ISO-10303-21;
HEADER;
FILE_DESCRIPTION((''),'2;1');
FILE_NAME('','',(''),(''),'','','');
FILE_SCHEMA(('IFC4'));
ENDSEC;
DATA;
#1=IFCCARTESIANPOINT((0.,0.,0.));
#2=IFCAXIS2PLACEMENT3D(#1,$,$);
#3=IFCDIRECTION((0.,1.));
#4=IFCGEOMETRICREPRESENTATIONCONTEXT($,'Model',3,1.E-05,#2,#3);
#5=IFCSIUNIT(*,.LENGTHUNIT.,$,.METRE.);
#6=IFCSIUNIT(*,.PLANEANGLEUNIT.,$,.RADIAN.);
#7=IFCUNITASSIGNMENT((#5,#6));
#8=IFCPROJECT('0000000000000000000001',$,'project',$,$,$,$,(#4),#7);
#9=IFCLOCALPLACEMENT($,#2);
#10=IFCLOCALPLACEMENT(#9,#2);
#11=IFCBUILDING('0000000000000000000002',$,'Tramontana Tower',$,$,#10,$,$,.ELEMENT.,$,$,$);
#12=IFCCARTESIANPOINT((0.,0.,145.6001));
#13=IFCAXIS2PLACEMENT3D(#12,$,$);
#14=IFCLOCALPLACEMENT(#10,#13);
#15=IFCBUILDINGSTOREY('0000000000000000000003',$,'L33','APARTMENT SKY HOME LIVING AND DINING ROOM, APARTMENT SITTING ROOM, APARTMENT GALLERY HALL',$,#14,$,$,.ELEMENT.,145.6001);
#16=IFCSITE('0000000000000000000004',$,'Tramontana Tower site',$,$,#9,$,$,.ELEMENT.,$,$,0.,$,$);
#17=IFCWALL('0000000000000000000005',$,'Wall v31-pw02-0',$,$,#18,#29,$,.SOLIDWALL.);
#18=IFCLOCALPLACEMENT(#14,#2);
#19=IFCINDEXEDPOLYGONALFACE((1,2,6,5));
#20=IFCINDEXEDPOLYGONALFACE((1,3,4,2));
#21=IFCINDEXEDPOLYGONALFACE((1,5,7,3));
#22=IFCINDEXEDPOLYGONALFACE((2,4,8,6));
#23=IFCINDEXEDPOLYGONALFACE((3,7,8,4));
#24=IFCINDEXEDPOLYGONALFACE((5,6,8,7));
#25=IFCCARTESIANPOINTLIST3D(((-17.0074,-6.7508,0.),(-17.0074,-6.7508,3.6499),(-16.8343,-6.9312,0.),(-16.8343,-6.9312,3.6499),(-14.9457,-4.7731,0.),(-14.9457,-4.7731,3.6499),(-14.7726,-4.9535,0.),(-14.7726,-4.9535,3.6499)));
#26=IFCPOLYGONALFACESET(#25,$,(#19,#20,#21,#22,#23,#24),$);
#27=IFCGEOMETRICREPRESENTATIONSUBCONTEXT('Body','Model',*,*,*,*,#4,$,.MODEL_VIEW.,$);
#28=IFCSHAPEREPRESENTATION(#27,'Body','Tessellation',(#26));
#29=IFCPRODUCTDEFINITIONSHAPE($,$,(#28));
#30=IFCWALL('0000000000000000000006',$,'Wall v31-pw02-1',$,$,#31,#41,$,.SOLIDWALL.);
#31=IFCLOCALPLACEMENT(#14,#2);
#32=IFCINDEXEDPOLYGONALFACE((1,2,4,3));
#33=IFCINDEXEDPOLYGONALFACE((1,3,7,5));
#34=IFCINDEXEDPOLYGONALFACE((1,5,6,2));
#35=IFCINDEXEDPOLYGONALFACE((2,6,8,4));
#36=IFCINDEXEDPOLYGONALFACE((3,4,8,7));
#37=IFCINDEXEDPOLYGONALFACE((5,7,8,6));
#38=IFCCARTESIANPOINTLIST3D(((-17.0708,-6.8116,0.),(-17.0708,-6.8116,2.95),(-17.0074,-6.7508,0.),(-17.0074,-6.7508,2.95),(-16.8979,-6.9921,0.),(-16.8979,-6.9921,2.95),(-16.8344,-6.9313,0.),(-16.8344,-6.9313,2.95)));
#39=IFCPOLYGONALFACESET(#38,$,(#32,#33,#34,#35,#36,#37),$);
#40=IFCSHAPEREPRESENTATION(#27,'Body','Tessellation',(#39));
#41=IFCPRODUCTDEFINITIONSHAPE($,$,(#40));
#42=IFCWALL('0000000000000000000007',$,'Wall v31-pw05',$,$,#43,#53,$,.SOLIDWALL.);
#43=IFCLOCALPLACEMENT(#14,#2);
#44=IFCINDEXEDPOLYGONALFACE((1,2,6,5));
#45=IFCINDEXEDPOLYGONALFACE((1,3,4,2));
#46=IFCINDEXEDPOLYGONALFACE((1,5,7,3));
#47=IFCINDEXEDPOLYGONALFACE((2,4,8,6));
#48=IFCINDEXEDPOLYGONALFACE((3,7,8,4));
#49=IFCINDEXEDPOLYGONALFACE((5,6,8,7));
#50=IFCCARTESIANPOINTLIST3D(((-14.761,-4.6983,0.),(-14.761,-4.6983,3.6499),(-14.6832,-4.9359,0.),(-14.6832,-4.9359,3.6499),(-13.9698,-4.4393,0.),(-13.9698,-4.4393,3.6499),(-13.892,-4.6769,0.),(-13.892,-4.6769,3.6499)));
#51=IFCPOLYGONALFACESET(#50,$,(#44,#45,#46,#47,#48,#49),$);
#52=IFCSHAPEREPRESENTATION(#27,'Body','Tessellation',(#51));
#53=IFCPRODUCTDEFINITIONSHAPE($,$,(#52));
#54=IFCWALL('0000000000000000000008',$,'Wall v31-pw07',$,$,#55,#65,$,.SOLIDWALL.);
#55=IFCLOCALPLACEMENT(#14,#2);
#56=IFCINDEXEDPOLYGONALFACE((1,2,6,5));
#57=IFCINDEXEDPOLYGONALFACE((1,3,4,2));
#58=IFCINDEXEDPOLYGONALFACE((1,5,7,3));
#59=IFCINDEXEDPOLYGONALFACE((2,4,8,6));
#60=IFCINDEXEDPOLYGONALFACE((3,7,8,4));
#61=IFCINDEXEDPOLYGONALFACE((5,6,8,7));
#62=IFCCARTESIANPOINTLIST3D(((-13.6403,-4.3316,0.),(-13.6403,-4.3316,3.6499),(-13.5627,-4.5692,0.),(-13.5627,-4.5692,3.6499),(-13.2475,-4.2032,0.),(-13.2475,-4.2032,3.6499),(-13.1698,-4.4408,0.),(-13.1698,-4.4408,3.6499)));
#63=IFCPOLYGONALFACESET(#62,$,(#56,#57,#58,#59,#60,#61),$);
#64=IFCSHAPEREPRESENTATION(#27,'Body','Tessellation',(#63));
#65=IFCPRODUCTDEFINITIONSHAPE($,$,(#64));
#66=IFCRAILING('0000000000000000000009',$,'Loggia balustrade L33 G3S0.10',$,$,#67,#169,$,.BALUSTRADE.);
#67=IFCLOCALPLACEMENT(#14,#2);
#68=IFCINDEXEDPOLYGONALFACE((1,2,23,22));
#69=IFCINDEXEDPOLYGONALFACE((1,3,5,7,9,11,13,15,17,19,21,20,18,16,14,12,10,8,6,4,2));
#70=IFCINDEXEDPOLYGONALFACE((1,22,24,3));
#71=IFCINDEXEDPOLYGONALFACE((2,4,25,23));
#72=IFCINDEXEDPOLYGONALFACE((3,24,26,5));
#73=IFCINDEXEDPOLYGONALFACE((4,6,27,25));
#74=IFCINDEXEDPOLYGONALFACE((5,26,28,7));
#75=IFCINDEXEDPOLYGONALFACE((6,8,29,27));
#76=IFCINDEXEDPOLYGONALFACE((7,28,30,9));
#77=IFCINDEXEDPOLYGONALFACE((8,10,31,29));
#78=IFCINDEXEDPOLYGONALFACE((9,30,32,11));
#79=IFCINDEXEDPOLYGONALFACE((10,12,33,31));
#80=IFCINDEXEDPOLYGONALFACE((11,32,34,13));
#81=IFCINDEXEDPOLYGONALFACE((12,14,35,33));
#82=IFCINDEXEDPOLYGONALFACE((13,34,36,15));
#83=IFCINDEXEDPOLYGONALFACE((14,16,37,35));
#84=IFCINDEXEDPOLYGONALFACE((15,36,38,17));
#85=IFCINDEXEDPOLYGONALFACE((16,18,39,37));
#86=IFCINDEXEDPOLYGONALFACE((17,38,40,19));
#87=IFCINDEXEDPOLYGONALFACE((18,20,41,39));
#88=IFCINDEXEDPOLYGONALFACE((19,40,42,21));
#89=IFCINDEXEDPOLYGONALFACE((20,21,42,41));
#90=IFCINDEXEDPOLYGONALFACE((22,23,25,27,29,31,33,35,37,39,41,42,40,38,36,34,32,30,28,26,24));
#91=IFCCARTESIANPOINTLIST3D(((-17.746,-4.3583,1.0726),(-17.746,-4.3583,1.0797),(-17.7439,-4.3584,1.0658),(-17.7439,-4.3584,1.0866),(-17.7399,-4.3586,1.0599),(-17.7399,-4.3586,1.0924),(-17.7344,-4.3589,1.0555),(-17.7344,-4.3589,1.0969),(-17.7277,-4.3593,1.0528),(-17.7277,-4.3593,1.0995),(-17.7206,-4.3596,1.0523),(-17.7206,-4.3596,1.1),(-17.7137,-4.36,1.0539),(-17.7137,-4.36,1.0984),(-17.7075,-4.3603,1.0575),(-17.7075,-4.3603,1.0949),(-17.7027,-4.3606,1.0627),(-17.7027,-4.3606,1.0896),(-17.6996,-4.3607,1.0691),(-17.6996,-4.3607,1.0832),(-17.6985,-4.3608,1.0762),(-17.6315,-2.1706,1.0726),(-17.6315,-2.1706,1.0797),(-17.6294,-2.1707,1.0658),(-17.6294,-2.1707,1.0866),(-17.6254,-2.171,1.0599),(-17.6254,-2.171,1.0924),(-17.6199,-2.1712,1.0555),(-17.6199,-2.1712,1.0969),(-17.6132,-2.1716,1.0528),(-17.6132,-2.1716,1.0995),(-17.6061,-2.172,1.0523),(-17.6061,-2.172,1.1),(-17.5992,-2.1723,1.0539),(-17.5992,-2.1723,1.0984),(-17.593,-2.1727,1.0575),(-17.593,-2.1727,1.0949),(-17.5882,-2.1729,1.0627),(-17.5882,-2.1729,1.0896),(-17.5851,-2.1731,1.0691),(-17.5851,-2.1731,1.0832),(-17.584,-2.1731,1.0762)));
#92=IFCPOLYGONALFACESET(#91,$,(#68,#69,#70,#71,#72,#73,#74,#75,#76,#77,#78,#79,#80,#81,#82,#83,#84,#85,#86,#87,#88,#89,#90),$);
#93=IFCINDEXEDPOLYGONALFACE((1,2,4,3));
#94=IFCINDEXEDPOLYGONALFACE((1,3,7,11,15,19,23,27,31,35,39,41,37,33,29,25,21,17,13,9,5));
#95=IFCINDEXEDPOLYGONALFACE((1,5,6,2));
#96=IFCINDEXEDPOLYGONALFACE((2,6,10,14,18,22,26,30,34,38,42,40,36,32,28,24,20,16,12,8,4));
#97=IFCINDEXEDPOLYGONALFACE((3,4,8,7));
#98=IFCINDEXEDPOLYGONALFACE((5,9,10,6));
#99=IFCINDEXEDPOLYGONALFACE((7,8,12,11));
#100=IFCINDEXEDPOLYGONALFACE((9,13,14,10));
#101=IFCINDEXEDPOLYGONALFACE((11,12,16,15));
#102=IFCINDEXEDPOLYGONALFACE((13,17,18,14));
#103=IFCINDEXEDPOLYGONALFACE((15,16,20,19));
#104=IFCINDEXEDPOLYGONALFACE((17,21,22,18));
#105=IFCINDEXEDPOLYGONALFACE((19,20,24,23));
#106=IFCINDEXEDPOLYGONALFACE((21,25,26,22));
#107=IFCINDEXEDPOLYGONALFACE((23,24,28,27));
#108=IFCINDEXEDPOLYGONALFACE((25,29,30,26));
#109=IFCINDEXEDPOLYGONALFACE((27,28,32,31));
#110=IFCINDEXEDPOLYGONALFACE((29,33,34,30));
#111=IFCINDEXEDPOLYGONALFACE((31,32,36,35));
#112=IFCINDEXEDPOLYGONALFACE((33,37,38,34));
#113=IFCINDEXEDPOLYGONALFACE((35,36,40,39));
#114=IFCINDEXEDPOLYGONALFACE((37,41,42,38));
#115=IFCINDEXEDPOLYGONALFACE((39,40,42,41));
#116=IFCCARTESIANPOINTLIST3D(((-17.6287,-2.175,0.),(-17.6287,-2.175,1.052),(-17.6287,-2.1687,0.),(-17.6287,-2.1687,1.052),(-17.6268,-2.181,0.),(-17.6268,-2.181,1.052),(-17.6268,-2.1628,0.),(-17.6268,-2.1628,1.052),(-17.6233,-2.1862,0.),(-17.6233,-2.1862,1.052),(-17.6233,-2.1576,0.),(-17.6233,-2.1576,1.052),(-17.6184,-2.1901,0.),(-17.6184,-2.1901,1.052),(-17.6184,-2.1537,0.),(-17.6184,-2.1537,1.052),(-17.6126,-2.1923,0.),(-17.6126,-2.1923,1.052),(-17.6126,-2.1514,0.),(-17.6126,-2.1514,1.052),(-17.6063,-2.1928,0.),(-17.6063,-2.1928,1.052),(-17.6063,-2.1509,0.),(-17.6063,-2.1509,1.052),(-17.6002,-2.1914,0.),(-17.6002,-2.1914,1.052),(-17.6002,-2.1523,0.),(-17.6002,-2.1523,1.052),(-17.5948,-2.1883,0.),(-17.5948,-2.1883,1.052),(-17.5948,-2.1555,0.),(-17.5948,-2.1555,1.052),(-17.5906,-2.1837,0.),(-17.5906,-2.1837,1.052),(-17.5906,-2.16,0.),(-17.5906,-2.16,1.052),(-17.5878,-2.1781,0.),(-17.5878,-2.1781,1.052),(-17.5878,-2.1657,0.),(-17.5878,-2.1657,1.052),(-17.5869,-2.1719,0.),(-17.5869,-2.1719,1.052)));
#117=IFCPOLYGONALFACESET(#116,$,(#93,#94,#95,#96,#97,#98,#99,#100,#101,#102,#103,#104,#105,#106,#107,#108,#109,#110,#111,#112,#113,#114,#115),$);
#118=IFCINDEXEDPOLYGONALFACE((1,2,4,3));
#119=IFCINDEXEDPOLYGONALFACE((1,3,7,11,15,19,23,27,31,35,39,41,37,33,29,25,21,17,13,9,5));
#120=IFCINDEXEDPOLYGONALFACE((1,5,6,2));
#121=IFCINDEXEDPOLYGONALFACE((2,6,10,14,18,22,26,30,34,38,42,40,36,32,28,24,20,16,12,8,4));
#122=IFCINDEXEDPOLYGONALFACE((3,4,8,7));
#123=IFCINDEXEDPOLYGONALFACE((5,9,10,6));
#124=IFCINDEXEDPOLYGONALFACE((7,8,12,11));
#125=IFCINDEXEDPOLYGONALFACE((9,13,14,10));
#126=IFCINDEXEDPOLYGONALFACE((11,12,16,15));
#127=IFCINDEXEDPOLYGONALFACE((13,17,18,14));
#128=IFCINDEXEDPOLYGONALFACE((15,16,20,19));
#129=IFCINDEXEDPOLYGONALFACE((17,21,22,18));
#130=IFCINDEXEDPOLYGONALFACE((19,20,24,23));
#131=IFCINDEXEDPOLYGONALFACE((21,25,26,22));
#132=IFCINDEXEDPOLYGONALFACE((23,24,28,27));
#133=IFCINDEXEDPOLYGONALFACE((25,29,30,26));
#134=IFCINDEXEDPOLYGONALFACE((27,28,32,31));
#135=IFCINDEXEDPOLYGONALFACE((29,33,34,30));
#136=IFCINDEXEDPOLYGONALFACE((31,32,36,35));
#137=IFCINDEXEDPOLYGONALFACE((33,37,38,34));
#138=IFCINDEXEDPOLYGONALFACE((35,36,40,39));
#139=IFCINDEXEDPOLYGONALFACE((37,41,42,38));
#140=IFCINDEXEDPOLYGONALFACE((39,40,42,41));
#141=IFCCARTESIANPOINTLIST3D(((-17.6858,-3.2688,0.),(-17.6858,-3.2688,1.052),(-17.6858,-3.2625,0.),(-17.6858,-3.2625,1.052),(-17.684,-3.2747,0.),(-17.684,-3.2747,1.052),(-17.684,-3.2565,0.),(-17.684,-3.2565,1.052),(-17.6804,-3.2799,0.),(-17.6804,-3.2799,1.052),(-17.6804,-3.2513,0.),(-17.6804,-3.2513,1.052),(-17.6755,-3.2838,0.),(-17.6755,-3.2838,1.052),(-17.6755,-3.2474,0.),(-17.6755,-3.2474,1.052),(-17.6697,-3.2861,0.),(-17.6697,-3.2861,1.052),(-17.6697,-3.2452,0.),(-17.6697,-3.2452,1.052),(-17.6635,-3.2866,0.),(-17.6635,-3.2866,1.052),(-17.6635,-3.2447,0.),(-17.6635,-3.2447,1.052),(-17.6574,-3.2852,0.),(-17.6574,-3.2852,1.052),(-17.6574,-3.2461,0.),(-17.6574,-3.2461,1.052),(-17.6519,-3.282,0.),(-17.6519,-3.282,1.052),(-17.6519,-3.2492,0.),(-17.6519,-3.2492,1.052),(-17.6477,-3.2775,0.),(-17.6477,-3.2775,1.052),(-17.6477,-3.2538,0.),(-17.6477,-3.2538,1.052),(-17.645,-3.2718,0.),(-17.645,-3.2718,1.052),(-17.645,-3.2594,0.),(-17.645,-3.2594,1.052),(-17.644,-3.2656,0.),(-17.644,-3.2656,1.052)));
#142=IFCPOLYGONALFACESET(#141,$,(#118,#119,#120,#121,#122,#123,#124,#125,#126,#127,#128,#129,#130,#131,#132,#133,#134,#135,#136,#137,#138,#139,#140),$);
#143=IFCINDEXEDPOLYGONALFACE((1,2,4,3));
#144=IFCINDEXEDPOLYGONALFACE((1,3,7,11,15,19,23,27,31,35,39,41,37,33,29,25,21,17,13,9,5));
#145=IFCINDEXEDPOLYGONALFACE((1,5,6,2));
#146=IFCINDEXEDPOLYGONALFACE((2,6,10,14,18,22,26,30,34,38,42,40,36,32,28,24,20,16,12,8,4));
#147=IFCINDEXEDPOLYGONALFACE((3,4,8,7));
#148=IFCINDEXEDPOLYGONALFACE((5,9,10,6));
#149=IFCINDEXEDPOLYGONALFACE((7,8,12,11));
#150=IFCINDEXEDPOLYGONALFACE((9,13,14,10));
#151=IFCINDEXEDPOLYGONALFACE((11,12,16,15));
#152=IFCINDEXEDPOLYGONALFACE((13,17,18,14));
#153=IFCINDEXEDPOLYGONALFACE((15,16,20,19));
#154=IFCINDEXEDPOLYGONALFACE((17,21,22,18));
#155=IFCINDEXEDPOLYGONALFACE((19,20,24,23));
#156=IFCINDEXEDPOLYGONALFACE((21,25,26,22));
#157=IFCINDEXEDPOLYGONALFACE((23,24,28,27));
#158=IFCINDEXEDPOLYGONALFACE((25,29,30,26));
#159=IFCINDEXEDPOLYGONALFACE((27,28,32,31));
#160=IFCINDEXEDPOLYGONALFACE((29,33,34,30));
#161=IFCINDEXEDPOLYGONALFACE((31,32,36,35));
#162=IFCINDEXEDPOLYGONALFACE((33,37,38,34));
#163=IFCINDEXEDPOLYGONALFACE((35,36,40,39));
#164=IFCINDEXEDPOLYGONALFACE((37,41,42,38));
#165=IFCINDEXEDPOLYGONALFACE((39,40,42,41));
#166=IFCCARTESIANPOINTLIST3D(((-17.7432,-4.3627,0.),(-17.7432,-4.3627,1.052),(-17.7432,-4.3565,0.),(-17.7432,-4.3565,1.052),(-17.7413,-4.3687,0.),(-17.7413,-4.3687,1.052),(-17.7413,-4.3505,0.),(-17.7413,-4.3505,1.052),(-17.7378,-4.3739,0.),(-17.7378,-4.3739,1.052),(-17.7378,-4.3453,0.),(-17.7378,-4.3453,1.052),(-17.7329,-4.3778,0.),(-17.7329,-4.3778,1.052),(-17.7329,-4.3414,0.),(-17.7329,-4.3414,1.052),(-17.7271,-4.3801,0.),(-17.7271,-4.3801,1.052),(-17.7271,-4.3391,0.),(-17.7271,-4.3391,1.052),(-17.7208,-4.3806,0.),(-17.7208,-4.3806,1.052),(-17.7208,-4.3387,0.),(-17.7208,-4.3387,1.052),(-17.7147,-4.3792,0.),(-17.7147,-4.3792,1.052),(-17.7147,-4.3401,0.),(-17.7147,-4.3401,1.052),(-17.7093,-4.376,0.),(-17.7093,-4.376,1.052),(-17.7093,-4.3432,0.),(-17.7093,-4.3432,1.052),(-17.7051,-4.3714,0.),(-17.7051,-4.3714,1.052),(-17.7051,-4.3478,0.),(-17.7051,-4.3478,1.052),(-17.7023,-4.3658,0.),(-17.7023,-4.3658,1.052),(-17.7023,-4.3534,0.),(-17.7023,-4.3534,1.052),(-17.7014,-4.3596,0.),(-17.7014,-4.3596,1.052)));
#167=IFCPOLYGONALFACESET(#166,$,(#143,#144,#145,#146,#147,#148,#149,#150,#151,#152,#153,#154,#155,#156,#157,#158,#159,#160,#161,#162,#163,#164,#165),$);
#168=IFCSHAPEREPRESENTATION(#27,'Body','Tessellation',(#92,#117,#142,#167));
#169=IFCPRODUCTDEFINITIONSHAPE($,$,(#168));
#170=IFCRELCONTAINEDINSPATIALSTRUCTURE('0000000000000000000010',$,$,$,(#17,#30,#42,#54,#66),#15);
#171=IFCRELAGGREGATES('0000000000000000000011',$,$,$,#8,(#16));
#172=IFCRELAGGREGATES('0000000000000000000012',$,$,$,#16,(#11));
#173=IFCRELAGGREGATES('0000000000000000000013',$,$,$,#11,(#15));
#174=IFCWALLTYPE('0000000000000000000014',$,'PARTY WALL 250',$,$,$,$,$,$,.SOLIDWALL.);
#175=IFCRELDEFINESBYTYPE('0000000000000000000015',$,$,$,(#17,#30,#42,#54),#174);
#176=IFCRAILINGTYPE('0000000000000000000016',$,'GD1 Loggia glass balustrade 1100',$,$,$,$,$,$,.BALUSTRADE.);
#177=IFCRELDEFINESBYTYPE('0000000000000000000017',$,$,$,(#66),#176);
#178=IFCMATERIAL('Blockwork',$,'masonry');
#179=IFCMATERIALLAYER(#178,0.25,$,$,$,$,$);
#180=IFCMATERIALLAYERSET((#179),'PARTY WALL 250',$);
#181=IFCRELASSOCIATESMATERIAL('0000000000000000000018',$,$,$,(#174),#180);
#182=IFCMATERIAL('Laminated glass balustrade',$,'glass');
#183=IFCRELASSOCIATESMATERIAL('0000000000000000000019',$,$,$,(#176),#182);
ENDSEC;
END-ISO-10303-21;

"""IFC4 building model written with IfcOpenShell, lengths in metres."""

from ifc_helpers import new_model, si_unit, direction, frame, frame_2d, origin, origin_2d, place, context, subcontext, project, spatial, rectangle, circle, extrude, material, layer, layer_set, type_object, element, save


model = new_model("IFC4")

# Units and contexts
model_context = context("Model", 3, precision=1e-05, world=origin(), true_north=direction((0.0, 1.0)))
body_context = subcontext(model_context, "Body", "Model", "MODEL_VIEW")
ifc_project = project(units=[si_unit("LENGTHUNIT", "METRE"), si_unit("PLANEANGLEUNIT", "RADIAN")], contexts=[model_context])

# Site, building, storey
site_placement = place(None, origin())
site = spatial("IfcSite", under=ifc_project, at=site_placement, Name="Tramontana Tower site", CompositionType="ELEMENT", RefElevation=0.0)
building_placement = place(site_placement, origin())
building = spatial("IfcBuilding", under=site, at=building_placement, Name="Tramontana Tower", CompositionType="ELEMENT")
storey_placement = place(building_placement, frame((0.0, 0.0, 145.6001)))
storey = spatial("IfcBuildingStorey", under=building, at=storey_placement, Name="L33", Description="APARTMENT SKY HOME LIVING AND DINING ROOM, APARTMENT SITTING ROOM, APARTMENT GALLERY HALL", CompositionType="ELEMENT", Elevation=145.6001)

# Walls
ifc_material_1 = material(Name="Blockwork", Category="masonry")
ifc_layer_1 = layer(ifc_material_1, 0.25)
ifc_layer_set_1 = layer_set([ifc_layer_1], Name="PARTY WALL 250")
wall_type_1 = type_object("IfcWallType", Name="PARTY WALL 250", PredefinedType="SOLIDWALL", material=ifc_layer_set_1)
wall_1_placement = place(storey_placement, frame((-14.8591, -4.8633, 0.0), z_axis=(0.0, 0.0, 1.0), x_axis=(-0.721652, -0.692256, 0.0)))
element("IfcWall", 1, at=wall_1_placement, inside=storey, type_object=wall_type_1, Name="Wall v31-pw02-0", PredefinedType="SOLIDWALL", context=body_context, shape_type="SweptSolid", body=[
    extrude(rectangle(XDim=2.8569, YDim=0.25, at=frame_2d((1.4285, 0.0))), origin(), (0.0, 0.0, 1.0), 3.6499),
])
wall_2_placement = place(storey_placement, frame((-16.9209, -6.8411, 0.0), z_axis=(0.0, 0.0, 1.0), x_axis=(-0.722219, -0.691664, 0.0)))
element("IfcWall", 2, at=wall_2_placement, inside=storey, type_object=wall_type_1, Name="Wall v31-pw02-1", PredefinedType="SOLIDWALL", context=body_context, shape_type="SweptSolid", body=[
    extrude(rectangle(XDim=0.0879, YDim=0.25, at=frame_2d((0.0439, 0.0))), origin(), (0.0, 0.0, 1.0), 2.95),
])
wall_3_placement = place(storey_placement, frame((-13.9309, -4.5581, 0.0), z_axis=(0.0, 0.0, 1.0), x_axis=(-0.95037, -0.311121, 0.0)))
element("IfcWall", 3, at=wall_3_placement, inside=storey, type_object=wall_type_1, Name="Wall v31-pw05", PredefinedType="SOLIDWALL", context=body_context, shape_type="SweptSolid", body=[
    extrude(rectangle(XDim=0.8325, YDim=0.25, at=frame_2d((0.4163, 0.0))), origin(), (0.0, 0.0, 1.0), 3.6499),
])
wall_4_placement = place(storey_placement, frame((-13.2087, -4.322, 0.0), z_axis=(0.0, 0.0, 1.0), x_axis=(-0.950499, -0.310729, 0.0)))
element("IfcWall", 4, at=wall_4_placement, inside=storey, type_object=wall_type_1, Name="Wall v31-pw07", PredefinedType="SOLIDWALL", context=body_context, shape_type="SweptSolid", body=[
    extrude(rectangle(XDim=0.4133, YDim=0.25, at=frame_2d((0.2065, 0.0))), origin(), (0.0, 0.0, 1.0), 3.6499),
])

# Railing
ifc_material_2 = material(Name="Laminated glass balustrade", Category="glass")
railing_type = type_object("IfcRailingType", Name="GD1 Loggia glass balustrade 1100", PredefinedType="BALUSTRADE", material=ifc_material_2)
railing_placement = place(storey_placement, frame((-17.6079, -2.1719, 0.0)))
element("IfcRailing", 5, at=railing_placement, inside=storey, type_object=railing_type, Name="Loggia balustrade L33 G3S0.10", PredefinedType="BALUSTRADE", context=body_context, shape_type="SweptSolid", body=[
    extrude(circle(Radius=0.0239, at=origin_2d()), frame((0.0, 0.0, 1.0762), z_axis=(-0.052266, -0.998633, 0.0), x_axis=(0.998633, -0.052266, 0.0)), (0.0, 0.0, 1.0), 2.1907),
    extrude(circle(Radius=0.021, at=origin_2d()), origin(), (0.0, 0.0, 1.0), 1.052),
    extrude(circle(Radius=0.021, at=origin_2d()), frame((-0.0571, -1.0938, 0.0)), (0.0, 0.0, 1.0), 1.052),
    extrude(circle(Radius=0.021, at=origin_2d()), frame((-0.1145, -2.1877, 0.0)), (0.0, 0.0, 1.0), 1.052),
])

save(model, "model.ifc")
